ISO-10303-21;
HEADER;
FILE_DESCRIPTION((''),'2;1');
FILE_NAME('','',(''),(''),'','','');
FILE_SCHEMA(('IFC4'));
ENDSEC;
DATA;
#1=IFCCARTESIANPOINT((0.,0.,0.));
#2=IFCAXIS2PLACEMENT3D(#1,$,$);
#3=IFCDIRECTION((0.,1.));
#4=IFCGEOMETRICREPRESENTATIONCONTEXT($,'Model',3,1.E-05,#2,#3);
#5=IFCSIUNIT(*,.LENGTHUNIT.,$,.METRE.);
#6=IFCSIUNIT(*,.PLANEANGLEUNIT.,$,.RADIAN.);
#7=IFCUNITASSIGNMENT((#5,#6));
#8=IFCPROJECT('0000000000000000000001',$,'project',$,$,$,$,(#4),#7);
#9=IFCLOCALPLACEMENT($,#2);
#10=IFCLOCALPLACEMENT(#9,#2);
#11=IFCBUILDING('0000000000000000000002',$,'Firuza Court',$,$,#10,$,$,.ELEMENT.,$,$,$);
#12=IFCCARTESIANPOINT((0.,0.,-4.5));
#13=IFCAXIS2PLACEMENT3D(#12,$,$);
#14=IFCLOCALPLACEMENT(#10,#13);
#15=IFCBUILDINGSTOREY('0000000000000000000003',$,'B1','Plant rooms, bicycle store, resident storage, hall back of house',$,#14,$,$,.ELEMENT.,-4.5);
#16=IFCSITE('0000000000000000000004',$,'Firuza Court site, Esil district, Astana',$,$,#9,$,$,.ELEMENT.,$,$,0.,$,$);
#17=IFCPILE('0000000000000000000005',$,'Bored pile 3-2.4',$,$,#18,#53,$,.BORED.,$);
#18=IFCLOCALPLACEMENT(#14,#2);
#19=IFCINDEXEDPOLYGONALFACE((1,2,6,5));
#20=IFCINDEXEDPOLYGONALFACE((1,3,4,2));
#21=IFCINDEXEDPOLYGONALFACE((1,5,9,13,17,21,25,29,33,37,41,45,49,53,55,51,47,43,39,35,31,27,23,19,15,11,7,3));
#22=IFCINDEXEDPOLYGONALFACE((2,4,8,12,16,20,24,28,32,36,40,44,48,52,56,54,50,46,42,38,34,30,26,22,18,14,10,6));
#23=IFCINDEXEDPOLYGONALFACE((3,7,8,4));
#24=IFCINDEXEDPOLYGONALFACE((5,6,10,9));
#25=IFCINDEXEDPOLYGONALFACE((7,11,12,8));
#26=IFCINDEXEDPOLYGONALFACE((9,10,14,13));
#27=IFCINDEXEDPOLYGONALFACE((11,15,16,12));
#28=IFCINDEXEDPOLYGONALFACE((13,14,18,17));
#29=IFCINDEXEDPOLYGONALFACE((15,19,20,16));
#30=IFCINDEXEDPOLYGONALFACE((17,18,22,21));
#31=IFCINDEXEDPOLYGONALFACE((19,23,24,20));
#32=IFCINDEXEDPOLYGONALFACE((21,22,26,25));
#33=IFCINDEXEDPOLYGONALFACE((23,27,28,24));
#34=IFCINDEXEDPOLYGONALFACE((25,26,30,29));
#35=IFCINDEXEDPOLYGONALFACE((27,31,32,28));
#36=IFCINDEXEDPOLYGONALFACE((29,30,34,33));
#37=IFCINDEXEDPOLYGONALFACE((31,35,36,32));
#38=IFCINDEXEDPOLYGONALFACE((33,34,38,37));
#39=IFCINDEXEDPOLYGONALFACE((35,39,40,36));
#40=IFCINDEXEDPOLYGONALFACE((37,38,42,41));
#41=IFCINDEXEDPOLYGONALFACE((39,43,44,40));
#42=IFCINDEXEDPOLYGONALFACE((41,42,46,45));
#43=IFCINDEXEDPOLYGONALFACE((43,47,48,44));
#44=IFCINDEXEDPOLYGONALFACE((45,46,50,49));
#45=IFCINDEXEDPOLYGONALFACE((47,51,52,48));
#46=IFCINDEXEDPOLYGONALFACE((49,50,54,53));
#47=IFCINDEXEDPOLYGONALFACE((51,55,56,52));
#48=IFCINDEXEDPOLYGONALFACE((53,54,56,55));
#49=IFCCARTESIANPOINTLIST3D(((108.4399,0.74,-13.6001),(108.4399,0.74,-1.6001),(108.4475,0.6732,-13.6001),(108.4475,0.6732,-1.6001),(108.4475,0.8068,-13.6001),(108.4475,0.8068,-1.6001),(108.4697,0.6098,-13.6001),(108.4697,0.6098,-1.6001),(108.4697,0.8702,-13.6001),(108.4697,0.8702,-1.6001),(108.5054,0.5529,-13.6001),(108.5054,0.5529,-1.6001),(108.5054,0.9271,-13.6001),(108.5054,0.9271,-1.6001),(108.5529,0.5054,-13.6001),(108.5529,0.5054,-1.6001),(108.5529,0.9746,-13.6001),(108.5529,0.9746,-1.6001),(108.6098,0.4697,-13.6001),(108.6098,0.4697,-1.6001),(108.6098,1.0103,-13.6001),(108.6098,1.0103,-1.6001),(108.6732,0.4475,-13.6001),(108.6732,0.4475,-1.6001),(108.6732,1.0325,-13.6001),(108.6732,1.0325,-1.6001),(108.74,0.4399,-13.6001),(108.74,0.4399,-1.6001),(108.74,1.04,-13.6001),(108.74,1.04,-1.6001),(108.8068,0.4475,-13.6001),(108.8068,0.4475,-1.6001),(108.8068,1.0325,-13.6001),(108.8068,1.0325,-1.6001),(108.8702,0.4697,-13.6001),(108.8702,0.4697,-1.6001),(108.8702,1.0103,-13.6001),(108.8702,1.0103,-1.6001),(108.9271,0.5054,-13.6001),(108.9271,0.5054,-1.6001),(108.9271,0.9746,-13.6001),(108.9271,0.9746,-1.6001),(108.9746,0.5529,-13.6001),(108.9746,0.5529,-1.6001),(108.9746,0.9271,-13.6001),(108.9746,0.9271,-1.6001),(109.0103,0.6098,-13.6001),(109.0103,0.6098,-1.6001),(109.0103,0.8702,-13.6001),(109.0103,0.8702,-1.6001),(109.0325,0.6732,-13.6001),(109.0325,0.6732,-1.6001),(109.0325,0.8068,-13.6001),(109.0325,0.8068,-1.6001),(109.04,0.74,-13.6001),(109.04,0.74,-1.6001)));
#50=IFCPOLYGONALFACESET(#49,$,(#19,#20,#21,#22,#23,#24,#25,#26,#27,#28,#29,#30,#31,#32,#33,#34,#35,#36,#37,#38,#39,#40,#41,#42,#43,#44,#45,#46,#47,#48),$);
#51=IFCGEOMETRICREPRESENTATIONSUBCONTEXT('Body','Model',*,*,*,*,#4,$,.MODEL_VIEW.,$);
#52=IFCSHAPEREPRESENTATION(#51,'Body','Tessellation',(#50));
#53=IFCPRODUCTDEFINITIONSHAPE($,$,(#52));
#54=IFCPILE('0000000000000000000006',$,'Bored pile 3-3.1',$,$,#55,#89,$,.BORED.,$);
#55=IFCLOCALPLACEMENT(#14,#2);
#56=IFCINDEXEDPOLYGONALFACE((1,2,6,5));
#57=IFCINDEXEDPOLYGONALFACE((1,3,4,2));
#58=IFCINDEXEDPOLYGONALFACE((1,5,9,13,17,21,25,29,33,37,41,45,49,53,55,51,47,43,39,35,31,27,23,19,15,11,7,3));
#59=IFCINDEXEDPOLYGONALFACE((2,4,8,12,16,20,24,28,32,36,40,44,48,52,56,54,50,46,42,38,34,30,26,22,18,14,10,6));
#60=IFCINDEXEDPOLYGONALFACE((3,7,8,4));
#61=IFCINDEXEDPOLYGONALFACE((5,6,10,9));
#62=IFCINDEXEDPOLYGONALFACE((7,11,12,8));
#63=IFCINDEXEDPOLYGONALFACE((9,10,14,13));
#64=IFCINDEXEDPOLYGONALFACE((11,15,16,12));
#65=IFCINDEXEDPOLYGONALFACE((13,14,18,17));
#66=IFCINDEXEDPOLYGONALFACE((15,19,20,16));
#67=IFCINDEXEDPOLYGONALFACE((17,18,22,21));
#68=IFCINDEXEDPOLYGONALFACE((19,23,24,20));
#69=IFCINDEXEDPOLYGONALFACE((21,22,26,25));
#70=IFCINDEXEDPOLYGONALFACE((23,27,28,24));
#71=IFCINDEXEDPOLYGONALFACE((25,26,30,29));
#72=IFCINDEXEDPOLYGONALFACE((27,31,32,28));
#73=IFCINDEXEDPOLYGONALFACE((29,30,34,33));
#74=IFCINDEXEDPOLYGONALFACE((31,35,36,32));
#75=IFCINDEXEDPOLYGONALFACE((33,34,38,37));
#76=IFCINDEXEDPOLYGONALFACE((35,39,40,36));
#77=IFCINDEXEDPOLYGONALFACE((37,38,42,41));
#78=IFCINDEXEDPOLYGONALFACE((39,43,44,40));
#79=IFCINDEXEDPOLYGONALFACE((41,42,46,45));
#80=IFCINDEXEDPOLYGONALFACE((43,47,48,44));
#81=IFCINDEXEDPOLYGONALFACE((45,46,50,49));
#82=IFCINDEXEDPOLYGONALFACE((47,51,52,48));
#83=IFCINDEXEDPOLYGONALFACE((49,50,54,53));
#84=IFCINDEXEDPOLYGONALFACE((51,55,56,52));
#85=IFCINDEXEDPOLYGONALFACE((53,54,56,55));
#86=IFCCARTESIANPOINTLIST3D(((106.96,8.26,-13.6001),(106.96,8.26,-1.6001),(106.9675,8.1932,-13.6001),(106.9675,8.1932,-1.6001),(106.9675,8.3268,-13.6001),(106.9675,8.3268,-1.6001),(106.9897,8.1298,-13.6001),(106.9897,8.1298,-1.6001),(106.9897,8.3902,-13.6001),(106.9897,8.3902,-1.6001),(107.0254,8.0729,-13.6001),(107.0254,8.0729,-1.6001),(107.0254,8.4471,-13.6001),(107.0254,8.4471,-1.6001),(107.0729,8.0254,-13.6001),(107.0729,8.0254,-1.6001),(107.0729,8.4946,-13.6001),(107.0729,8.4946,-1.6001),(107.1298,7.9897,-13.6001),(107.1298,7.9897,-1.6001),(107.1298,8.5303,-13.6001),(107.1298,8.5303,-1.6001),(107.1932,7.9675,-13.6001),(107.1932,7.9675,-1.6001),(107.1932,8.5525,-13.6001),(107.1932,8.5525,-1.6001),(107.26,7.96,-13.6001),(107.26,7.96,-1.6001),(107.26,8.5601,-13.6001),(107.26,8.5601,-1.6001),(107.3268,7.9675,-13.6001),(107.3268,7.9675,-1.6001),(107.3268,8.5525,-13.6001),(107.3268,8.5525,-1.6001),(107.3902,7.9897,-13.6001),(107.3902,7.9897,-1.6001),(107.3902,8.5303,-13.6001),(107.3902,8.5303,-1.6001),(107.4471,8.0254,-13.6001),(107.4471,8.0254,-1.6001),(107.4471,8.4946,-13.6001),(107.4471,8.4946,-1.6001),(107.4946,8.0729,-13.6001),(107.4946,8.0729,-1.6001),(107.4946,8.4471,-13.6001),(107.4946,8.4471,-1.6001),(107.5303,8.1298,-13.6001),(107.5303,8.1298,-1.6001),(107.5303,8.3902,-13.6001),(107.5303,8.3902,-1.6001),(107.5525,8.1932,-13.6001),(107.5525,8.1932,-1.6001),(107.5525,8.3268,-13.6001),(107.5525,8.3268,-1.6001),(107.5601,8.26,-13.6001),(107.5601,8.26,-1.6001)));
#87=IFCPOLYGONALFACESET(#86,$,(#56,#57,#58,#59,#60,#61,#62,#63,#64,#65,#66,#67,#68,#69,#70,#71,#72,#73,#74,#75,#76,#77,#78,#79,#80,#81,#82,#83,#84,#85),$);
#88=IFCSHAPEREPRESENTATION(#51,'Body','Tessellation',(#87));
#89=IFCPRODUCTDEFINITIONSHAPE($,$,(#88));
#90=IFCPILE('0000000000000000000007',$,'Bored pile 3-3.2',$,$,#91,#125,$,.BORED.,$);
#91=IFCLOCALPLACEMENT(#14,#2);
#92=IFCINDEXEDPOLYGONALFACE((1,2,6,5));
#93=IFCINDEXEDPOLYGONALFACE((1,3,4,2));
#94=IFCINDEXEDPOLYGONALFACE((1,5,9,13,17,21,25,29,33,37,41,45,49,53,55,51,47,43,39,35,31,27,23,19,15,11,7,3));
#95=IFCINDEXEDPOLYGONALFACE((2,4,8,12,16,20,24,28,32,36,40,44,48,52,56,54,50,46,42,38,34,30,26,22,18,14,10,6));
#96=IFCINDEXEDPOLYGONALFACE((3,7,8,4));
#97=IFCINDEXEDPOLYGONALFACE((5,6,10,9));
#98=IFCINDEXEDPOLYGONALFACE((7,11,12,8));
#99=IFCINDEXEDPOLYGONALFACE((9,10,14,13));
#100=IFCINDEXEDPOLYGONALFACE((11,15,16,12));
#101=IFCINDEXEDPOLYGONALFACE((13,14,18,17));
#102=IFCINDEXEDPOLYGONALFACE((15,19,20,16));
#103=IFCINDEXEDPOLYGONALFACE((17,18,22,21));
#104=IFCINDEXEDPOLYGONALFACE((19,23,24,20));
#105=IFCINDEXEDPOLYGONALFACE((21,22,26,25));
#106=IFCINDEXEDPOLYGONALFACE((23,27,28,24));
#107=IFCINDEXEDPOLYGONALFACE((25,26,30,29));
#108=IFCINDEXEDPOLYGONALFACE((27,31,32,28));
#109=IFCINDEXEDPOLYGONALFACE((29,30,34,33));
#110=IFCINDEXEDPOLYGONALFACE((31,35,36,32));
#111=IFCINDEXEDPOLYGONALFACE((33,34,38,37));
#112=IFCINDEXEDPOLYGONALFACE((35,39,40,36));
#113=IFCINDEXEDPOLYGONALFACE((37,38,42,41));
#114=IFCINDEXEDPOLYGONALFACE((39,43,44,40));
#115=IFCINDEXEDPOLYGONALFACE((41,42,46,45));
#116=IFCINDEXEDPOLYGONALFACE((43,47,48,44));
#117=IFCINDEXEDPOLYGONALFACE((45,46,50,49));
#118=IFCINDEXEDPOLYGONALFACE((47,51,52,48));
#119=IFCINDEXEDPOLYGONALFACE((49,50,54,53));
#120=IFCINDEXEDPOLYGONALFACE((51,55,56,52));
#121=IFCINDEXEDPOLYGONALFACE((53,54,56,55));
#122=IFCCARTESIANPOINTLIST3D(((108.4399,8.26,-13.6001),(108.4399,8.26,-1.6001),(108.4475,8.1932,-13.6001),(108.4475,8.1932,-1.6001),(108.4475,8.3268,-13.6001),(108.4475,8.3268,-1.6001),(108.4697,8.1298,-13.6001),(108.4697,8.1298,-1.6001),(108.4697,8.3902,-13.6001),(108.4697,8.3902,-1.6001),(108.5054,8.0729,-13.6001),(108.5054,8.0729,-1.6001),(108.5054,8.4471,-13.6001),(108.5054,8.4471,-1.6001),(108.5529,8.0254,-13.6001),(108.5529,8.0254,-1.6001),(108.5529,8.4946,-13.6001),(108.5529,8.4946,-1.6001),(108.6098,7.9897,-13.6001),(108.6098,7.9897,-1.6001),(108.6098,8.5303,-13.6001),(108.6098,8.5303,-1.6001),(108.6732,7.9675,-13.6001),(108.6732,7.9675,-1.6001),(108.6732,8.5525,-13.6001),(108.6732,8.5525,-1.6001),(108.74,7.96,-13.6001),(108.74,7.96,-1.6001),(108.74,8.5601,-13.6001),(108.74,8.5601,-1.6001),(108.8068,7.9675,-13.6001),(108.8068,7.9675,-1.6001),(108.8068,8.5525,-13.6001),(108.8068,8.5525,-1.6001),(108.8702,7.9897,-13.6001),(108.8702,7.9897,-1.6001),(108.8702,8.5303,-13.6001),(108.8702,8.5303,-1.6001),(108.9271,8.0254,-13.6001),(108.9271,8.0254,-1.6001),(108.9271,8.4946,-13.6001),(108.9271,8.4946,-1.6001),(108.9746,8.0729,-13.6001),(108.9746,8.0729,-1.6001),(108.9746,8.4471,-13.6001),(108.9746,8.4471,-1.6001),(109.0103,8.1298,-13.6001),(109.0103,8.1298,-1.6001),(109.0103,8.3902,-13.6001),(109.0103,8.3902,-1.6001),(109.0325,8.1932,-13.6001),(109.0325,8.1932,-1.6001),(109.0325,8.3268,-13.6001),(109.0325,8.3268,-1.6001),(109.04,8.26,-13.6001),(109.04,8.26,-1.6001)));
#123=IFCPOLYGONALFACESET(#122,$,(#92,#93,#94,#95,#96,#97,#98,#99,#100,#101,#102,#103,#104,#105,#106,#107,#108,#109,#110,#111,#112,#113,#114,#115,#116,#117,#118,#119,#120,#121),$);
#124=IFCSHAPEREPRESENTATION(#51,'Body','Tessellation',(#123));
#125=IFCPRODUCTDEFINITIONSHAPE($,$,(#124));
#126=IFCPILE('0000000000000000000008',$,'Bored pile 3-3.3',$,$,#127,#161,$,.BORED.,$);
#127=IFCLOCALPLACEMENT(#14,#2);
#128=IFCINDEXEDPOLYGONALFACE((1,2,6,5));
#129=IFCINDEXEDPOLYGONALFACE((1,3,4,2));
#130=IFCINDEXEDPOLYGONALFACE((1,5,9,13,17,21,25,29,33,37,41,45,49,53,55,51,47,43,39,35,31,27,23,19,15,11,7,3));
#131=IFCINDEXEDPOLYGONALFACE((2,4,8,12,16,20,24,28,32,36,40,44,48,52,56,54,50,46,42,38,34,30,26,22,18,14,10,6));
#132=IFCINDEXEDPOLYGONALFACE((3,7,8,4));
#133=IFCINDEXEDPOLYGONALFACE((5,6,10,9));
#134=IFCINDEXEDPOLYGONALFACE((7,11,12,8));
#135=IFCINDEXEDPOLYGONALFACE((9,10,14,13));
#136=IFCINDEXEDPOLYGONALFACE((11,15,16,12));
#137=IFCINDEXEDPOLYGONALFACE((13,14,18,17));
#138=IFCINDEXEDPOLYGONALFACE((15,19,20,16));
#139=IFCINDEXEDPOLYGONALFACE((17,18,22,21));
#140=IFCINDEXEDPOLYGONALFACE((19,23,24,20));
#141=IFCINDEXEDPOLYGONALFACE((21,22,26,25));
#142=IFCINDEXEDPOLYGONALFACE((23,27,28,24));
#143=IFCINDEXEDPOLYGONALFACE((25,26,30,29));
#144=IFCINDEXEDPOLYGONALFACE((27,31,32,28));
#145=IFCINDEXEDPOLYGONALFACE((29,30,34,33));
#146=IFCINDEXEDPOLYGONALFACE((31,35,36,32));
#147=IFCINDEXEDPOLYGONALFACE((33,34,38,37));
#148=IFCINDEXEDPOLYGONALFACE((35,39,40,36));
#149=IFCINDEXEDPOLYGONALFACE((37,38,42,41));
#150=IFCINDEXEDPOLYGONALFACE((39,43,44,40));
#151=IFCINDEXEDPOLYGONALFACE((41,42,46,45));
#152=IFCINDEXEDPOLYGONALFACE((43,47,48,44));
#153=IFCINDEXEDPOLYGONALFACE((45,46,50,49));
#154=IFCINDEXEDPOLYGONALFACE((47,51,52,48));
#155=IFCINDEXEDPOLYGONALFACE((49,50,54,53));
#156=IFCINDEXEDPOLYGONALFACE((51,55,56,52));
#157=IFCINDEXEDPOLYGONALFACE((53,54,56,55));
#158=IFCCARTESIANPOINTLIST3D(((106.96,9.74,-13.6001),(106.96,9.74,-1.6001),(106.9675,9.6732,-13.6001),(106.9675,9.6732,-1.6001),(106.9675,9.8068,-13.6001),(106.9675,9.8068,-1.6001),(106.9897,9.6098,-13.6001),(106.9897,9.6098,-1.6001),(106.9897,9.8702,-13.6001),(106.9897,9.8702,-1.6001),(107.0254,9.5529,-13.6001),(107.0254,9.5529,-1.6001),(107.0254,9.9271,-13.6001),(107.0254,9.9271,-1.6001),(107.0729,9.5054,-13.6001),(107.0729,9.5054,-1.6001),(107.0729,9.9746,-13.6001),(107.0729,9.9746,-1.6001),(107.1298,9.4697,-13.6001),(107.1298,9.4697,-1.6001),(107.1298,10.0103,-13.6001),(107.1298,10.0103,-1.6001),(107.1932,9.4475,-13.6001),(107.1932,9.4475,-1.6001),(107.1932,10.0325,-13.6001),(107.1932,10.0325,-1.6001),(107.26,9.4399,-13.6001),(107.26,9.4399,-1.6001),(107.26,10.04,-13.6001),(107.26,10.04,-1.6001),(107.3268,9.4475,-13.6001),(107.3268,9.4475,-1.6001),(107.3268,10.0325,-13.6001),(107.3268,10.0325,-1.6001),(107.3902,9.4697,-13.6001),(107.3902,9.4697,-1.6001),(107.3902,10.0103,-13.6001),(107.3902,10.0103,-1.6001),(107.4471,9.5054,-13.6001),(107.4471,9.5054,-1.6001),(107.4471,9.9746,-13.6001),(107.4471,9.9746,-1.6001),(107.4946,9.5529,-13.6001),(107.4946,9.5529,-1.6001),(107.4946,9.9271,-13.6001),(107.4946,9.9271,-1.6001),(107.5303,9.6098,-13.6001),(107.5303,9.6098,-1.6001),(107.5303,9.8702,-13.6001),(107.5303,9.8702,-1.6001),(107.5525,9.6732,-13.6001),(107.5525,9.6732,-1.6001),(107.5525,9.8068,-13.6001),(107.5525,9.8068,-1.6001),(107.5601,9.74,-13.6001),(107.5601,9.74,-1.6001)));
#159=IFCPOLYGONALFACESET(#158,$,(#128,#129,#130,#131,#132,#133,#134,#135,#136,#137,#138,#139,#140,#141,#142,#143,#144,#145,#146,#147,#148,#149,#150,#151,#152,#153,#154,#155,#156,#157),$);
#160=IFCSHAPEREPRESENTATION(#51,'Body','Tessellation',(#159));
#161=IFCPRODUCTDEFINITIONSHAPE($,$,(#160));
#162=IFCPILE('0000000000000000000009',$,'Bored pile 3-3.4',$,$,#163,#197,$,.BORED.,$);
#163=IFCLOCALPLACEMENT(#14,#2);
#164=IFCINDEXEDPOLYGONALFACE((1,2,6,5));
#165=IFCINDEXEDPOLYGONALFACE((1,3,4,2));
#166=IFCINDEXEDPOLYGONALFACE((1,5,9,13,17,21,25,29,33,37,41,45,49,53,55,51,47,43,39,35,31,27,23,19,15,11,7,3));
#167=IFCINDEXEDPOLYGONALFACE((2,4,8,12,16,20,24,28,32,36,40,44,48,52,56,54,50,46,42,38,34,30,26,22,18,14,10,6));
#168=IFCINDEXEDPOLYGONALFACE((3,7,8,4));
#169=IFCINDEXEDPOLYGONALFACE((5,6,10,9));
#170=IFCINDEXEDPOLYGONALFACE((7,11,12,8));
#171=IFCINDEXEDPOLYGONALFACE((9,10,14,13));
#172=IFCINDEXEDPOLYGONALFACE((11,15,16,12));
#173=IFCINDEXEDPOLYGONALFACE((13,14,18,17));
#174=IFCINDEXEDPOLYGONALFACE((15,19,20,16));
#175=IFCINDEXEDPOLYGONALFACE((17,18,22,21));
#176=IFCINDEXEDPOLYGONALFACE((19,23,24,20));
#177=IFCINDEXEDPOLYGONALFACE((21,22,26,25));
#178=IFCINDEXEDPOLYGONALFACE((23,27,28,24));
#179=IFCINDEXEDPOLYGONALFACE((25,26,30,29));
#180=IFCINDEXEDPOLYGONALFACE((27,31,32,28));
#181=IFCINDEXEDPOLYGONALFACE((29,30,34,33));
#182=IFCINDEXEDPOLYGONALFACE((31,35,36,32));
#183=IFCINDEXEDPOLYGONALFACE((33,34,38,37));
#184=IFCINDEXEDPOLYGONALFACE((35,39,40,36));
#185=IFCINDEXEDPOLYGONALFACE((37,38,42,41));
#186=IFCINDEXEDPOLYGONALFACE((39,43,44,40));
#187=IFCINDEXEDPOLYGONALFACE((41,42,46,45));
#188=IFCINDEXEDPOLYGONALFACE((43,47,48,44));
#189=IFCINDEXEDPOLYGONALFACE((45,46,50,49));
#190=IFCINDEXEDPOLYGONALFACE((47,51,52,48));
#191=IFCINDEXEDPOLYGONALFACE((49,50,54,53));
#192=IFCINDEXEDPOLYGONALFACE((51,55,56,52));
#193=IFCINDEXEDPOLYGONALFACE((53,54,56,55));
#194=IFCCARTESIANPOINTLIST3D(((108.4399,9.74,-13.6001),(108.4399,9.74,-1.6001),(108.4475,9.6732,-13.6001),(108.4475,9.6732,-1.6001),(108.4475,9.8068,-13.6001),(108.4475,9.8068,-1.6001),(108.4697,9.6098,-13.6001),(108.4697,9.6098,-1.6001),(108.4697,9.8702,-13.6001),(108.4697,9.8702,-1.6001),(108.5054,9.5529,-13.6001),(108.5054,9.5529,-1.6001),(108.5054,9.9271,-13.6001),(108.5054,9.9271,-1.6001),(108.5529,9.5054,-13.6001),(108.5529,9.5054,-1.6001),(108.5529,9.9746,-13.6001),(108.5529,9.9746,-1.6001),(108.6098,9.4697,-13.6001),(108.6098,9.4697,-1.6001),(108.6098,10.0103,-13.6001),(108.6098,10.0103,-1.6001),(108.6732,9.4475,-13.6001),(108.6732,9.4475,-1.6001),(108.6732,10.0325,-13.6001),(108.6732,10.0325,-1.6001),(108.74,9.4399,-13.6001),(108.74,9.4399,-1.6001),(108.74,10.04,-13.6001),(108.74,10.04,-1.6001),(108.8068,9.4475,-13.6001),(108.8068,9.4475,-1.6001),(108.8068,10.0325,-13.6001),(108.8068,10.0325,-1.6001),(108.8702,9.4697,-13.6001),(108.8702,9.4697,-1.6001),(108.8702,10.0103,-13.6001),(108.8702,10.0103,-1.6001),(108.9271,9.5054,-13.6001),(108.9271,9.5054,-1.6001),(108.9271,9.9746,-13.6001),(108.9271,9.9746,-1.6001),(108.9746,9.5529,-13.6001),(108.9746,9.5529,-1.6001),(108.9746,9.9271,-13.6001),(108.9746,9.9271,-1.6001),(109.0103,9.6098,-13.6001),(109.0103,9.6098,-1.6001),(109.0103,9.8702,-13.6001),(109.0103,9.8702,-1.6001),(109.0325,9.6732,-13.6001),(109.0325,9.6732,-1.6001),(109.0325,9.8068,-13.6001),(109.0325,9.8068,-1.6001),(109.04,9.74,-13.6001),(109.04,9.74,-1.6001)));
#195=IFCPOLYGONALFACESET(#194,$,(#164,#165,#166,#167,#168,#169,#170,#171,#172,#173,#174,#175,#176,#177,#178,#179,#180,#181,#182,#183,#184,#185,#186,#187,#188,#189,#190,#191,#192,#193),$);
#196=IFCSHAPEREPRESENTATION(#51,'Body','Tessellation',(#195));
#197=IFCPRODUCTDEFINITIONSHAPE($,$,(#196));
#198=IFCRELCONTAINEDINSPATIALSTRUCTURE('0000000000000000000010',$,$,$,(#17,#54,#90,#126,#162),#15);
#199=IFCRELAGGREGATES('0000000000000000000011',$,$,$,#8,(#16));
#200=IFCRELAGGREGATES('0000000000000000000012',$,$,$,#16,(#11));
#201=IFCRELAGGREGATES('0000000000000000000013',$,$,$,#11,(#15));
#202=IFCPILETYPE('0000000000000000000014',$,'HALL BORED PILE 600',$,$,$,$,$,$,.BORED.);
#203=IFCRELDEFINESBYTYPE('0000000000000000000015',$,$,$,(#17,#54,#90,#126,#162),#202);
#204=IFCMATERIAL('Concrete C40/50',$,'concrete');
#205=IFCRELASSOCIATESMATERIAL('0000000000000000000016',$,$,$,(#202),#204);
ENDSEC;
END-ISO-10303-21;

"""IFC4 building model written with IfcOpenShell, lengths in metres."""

from ifc_helpers import new_model, si_unit, direction, frame, origin, origin_2d, place, context, subcontext, project, spatial, circle, extrude, material, material_profile, profile_set, type_object, element, save


model = new_model("IFC4")

# Units and contexts
model_context = context("Model", 3, precision=1e-05, world=origin(), true_north=direction((0.0, 1.0)))
body_context = subcontext(model_context, "Body", "Model", "MODEL_VIEW")
ifc_project = project(units=[si_unit("LENGTHUNIT", "METRE"), si_unit("PLANEANGLEUNIT", "RADIAN")], contexts=[model_context])

# Site, building, storey
site_placement = place(None, origin())
site = spatial("IfcSite", under=ifc_project, at=site_placement, Name="Firuza Court site, Esil district, Astana", CompositionType="ELEMENT", RefElevation=0.0)
building_placement = place(site_placement, origin())
building = spatial("IfcBuilding", under=site, at=building_placement, Name="Firuza Court", CompositionType="ELEMENT")
storey_placement = place(building_placement, frame((0.0, 0.0, -4.5)))
storey = spatial("IfcBuildingStorey", under=building, at=storey_placement, Name="B1", Description="Plant rooms, bicycle store, resident storage, hall back of house", CompositionType="ELEMENT", Elevation=-4.5)

# Piles
ifc_material_1 = material(Name="Concrete C40/50", Category="concrete")
ifc_material_profile_1 = material_profile(ifc_material_1, circle(Radius=0.3, at=origin_2d()), Name="PILE 600")
ifc_profile_set_1 = profile_set([ifc_material_profile_1], Name="Concrete C40/50")
pile_type = type_object("IfcPileType", Name="HALL BORED PILE 600", PredefinedType="BORED", material=ifc_profile_set_1)
for number, where, z_axis, x_axis, name in (
    (1, (108.74, 0.74, -1.6001), (0.0, 0.0, -1.0), (1.0, 0.0, 0.0), "Bored pile 3-2.4"),
    (2, (107.26, 8.26, -1.6001), (0.0, 0.0, -1.0), (1.0, 0.0, 0.0), "Bored pile 3-3.1"),
    (3, (108.74, 8.26, -1.6001), (0.0, 0.0, -1.0), (1.0, 0.0, 0.0), "Bored pile 3-3.2"),
    (4, (107.26, 9.74, -1.6001), (0.0, 0.0, -1.0), (1.0, 0.0, 0.0), "Bored pile 3-3.3"),
    (5, (108.74, 9.74, -1.6001), (0.0, 0.0, -1.0), (1.0, 0.0, 0.0), "Bored pile 3-3.4"),
):
    element("IfcPile", number, at=place(storey_placement, frame(where, z_axis=z_axis, x_axis=x_axis)), inside=storey, type_object=pile_type, Name=name, PredefinedType="BORED", context=body_context, shape_type="SweptSolid", body=[
        extrude(circle(Radius=0.3, at=origin_2d()), origin(), (0.0, 0.0, 1.0), 12.0),
    ])

save(model, "model.ifc")
